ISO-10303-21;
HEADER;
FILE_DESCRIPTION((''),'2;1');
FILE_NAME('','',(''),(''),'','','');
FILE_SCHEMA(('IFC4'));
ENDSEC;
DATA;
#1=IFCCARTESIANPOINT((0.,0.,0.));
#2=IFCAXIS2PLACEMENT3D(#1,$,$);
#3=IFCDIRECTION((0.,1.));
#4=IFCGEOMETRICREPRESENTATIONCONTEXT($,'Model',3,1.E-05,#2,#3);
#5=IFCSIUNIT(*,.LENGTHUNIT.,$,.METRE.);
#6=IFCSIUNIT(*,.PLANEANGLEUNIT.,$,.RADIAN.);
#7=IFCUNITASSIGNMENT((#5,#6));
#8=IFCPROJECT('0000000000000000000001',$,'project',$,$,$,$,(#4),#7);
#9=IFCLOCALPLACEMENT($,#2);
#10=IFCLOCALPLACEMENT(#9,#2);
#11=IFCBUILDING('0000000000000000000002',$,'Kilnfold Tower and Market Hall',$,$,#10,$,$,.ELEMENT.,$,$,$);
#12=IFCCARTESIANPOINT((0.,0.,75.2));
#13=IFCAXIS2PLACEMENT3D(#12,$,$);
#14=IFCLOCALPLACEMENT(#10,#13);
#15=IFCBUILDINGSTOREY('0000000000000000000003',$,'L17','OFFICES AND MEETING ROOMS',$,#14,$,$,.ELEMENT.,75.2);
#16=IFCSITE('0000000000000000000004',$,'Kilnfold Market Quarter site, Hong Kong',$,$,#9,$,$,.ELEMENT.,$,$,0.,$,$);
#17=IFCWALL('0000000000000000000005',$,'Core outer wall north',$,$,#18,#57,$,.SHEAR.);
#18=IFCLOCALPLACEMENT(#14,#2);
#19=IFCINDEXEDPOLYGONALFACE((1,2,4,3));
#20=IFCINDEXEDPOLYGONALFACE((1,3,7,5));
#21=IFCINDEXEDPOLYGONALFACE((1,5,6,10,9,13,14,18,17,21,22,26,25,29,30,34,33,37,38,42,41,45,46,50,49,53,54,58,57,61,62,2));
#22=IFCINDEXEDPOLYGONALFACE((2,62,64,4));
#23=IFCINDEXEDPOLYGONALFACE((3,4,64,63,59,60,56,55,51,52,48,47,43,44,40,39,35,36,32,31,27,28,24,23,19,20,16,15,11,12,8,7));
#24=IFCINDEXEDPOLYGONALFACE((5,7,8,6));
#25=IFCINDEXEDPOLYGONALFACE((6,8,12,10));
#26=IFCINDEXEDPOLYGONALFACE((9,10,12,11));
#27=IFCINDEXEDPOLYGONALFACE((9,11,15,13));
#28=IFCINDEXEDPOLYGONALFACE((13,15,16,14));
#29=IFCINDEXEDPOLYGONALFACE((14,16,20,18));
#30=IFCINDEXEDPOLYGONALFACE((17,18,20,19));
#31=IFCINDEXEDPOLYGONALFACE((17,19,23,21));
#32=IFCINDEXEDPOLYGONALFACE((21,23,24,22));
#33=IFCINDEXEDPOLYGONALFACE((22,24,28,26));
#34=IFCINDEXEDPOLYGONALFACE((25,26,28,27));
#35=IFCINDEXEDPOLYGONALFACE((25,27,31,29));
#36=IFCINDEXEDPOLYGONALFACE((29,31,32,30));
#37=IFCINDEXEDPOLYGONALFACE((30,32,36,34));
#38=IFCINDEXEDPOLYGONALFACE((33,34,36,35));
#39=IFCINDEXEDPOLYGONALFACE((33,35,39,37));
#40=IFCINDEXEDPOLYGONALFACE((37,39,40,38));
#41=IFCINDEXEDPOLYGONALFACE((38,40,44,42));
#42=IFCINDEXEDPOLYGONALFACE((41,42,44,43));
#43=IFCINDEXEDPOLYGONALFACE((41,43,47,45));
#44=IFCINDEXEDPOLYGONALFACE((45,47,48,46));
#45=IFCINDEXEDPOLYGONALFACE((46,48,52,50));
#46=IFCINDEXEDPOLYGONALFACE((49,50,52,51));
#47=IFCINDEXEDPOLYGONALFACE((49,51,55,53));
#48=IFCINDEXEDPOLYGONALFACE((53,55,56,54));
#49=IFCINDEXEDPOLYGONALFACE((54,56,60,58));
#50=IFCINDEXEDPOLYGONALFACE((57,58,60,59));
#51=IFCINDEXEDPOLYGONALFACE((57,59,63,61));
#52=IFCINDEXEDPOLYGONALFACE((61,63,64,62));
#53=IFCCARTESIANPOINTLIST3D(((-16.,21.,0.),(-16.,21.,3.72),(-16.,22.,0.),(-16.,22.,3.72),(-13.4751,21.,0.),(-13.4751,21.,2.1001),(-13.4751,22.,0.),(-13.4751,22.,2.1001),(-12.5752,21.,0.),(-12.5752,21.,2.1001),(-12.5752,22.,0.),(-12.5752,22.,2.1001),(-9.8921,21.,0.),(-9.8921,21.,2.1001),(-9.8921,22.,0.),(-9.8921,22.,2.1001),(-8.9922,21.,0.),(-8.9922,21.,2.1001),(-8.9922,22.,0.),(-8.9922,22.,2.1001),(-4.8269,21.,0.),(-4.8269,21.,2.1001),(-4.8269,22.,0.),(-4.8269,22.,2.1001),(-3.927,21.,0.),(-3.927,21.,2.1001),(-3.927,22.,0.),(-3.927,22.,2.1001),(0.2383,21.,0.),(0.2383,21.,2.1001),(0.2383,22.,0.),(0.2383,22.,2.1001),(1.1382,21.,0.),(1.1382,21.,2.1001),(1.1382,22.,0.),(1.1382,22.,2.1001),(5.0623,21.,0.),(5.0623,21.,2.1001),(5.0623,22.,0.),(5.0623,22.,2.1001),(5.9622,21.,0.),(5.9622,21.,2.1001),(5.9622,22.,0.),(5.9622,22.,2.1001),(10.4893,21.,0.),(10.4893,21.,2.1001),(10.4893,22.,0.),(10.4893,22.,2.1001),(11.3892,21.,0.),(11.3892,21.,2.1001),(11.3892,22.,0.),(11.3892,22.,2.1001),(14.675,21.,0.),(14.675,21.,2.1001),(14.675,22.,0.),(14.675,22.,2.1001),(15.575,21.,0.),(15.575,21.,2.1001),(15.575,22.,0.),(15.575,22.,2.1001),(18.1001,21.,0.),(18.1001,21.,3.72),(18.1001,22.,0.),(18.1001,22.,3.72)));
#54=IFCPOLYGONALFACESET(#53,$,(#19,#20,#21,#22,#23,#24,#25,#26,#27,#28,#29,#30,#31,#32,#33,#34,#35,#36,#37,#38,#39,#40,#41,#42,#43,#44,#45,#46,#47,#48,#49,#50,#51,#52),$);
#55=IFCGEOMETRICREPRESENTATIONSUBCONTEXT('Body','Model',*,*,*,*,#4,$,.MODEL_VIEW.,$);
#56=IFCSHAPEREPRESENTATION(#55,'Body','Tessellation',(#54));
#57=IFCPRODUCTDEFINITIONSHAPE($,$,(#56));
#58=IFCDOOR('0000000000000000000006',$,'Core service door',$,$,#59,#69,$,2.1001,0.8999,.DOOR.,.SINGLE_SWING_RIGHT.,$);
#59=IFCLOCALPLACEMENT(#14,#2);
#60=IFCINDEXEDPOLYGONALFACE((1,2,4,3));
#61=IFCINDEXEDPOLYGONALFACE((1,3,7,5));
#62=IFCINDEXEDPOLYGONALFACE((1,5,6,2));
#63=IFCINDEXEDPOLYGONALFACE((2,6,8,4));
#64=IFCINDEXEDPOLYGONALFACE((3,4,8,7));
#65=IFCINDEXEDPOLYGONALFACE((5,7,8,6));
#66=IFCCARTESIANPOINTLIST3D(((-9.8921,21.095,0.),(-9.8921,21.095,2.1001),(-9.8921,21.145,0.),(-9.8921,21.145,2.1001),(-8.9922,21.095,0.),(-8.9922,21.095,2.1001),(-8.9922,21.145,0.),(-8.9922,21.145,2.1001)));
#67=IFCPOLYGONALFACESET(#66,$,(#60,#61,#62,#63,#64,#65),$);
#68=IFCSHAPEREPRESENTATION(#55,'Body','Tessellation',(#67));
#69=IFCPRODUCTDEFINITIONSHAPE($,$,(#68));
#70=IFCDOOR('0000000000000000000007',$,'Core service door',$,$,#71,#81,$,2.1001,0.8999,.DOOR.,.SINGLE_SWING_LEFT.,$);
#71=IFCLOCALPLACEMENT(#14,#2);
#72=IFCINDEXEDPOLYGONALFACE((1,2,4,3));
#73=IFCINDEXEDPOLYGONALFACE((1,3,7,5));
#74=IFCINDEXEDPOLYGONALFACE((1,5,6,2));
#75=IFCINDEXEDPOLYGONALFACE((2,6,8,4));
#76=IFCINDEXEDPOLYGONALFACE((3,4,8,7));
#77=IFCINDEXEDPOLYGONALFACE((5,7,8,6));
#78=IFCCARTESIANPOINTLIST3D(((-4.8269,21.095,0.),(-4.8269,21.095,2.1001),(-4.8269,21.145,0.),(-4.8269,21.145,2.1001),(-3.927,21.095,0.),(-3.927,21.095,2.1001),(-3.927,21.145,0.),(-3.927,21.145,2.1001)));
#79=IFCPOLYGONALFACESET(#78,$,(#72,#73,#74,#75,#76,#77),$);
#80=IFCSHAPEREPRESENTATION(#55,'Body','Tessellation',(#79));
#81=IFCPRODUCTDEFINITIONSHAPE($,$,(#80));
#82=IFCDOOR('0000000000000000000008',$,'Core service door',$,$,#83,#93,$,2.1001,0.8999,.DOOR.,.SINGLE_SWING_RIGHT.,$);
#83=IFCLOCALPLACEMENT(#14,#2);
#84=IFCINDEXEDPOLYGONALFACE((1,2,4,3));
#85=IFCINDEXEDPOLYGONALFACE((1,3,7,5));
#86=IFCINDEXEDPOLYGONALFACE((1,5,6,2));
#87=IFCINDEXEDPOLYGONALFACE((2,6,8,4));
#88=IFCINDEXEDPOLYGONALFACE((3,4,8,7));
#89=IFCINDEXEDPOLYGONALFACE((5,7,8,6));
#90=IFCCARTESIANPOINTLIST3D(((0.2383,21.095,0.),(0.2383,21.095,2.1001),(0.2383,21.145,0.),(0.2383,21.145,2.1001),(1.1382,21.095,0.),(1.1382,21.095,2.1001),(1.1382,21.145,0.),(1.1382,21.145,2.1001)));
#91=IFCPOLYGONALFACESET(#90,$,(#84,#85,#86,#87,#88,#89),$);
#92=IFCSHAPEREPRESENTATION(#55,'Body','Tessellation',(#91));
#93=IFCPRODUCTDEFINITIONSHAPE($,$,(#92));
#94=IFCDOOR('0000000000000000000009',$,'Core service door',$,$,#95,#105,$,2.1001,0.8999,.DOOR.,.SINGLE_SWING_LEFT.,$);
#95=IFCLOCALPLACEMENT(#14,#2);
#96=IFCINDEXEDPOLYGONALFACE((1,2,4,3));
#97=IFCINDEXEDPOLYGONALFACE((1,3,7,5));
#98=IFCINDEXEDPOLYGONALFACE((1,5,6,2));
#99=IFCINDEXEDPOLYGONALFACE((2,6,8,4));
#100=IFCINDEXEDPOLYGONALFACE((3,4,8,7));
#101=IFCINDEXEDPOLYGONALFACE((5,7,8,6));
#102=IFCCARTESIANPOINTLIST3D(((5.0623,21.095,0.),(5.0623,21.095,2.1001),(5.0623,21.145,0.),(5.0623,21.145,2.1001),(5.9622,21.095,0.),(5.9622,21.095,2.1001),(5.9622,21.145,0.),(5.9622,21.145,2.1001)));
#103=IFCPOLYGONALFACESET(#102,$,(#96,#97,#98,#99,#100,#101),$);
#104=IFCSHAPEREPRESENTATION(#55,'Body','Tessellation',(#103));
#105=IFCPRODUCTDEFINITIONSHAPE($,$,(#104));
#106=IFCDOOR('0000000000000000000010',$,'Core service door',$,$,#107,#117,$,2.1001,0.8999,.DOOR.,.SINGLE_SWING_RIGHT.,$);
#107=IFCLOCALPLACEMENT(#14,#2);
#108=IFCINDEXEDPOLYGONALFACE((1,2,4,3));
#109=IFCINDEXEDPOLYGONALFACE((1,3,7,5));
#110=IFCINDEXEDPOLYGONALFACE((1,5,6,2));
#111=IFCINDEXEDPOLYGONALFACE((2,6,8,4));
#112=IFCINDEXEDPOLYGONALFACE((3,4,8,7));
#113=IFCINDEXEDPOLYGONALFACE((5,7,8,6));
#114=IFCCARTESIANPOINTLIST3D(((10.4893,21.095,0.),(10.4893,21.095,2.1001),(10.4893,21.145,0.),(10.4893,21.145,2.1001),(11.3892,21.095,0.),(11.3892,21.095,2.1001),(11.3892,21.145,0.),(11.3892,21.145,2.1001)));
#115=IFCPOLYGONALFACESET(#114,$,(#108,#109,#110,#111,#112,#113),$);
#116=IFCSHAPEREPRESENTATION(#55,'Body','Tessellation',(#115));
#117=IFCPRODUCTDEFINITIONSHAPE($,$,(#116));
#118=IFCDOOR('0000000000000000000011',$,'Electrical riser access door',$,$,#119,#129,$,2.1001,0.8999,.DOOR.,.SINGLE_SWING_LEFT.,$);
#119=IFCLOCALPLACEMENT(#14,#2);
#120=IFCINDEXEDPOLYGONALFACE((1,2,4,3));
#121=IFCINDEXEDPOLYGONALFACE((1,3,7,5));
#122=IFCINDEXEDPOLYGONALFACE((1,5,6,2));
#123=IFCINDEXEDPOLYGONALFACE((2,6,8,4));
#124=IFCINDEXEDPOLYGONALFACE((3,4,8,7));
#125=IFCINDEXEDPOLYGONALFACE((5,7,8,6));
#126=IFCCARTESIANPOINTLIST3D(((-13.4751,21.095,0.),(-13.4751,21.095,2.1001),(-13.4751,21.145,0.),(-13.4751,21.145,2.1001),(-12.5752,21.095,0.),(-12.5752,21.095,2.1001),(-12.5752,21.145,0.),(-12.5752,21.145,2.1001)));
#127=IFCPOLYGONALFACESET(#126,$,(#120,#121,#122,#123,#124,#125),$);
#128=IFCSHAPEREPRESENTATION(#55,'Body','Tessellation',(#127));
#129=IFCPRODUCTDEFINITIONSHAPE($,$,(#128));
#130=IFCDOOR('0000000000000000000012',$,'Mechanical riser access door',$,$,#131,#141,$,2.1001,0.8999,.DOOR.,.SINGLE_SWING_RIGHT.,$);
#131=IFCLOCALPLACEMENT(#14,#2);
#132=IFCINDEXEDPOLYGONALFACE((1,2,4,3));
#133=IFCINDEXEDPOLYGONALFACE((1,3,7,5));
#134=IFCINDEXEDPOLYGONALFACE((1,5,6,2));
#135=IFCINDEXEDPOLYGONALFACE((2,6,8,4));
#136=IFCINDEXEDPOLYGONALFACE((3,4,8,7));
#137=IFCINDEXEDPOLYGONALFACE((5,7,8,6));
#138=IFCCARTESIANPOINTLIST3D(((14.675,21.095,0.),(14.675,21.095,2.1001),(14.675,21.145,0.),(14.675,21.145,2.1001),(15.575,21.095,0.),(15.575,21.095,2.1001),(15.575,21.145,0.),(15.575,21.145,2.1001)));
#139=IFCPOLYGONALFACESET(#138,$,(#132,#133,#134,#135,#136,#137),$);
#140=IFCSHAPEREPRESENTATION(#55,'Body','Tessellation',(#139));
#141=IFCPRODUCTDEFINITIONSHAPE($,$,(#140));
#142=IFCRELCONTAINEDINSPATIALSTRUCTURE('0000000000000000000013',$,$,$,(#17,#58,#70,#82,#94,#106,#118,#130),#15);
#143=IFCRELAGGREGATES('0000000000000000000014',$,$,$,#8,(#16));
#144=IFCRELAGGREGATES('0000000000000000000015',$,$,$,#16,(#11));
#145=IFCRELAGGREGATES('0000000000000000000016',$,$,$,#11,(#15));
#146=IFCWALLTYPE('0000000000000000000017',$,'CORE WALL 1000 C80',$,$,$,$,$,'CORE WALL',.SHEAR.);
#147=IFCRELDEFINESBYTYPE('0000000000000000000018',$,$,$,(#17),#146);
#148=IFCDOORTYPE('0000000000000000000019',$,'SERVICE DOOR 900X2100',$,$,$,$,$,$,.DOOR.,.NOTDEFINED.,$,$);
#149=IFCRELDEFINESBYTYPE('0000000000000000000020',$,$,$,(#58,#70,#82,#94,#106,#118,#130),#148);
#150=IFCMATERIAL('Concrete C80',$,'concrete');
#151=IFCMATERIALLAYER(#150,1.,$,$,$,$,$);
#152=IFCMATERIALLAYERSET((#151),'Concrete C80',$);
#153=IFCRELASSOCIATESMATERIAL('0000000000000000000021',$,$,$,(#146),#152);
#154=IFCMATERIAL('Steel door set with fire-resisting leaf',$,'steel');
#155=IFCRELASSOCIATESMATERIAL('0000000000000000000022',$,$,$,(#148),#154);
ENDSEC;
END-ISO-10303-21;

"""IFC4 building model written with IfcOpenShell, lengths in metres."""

from ifc_helpers import new_model, si_unit, direction, frame, frame_2d, origin, place, context, subcontext, project, spatial, rectangle, extrude, source, transform, mapped, material, layer, layer_set, type_object, element, fill, save


model = new_model("IFC4")

# Units and contexts
model_context = context("Model", 3, precision=1e-05, world=origin(), true_north=direction((0.0, 1.0)))
body_context = subcontext(model_context, "Body", "Model", "MODEL_VIEW")
ifc_project = project(units=[si_unit("LENGTHUNIT", "METRE"), si_unit("PLANEANGLEUNIT", "RADIAN")], contexts=[model_context])

# Site, building, storey
site_placement = place(None, origin())
site = spatial("IfcSite", under=ifc_project, at=site_placement, Name="Kilnfold Market Quarter site, Hong Kong", CompositionType="ELEMENT", RefElevation=0.0)
building_placement = place(site_placement, origin())
building = spatial("IfcBuilding", under=site, at=building_placement, Name="Kilnfold Tower and Market Hall", CompositionType="ELEMENT")
storey_placement = place(building_placement, frame((0.0, 0.0, 75.2)))
storey = spatial("IfcBuildingStorey", under=building, at=storey_placement, Name="L17", Description="OFFICES AND MEETING ROOMS", CompositionType="ELEMENT", Elevation=75.2)

# Wall, openings, doors
ifc_material_1 = material(Name="Concrete C80", Category="concrete")
ifc_layer_1 = layer(ifc_material_1, 1.0)
ifc_layer_set_1 = layer_set([ifc_layer_1], Name="Concrete C80")
wall_type_1 = type_object("IfcWallType", Name="CORE WALL 1000 C80", ElementType="CORE WALL", PredefinedType="SHEAR", material=ifc_layer_set_1)
shared_shape_1 = source(origin(), body_context, "Body", "SweptSolid", [
    extrude(rectangle(XDim=34.1001, YDim=1.0, at=frame_2d((17.05, 0.0))), origin(), (0.0, 0.0, 1.0), 3.72),
])
wall_1_placement = place(storey_placement, frame((-16.0, 21.5, 0.0), z_axis=(0.0, 0.0, 1.0), x_axis=(1.0, 0.0, 0.0)))
wall_1 = element("IfcWall", 1, at=wall_1_placement, inside=storey, type_object=wall_type_1, Name="Core outer wall north", PredefinedType="SHEAR", context=body_context, shape_type="MappedRepresentation", body=[
    mapped(shared_shape_1, transform((0.0, 0.0, 0.0))),
])
opening_1_placement = place(wall_1_placement, frame((6.1079, 0.0, 0.0)))
opening_1 = element("IfcOpeningElement", 2, at=opening_1_placement, cuts=wall_1, PredefinedType="OPENING", context=body_context, shape_type="SweptSolid", body=[
    extrude(rectangle(XDim=0.8999, YDim=2.1001, at=frame_2d((0.45, 1.05))), frame((0.0, 0.51, 0.0), z_axis=(0.0, -1.0, 0.0), x_axis=(1.0, 0.0, 0.0)), (0.0, 0.0, 1.0), 1.02),
])
opening_2_placement = place(wall_1_placement, frame((11.1731, 0.0, 0.0)))
opening_2 = element("IfcOpeningElement", 3, at=opening_2_placement, cuts=wall_1, PredefinedType="OPENING", context=body_context, shape_type="SweptSolid", body=[
    extrude(rectangle(XDim=0.8999, YDim=2.1001, at=frame_2d((0.45, 1.05))), frame((0.0, 0.51, 0.0), z_axis=(0.0, -1.0, 0.0), x_axis=(1.0, 0.0, 0.0)), (0.0, 0.0, 1.0), 1.02),
])
opening_3_placement = place(wall_1_placement, frame((16.2383, 0.0, 0.0)))
opening_3 = element("IfcOpeningElement", 4, at=opening_3_placement, cuts=wall_1, PredefinedType="OPENING", context=body_context, shape_type="SweptSolid", body=[
    extrude(rectangle(XDim=0.8999, YDim=2.1001, at=frame_2d((0.45, 1.05))), frame((0.0, 0.51, 0.0), z_axis=(0.0, -1.0, 0.0), x_axis=(1.0, 0.0, 0.0)), (0.0, 0.0, 1.0), 1.02),
])
opening_4_placement = place(wall_1_placement, frame((21.0623, 0.0, 0.0)))
opening_4 = element("IfcOpeningElement", 5, at=opening_4_placement, cuts=wall_1, PredefinedType="OPENING", context=body_context, shape_type="SweptSolid", body=[
    extrude(rectangle(XDim=0.8999, YDim=2.1001, at=frame_2d((0.45, 1.05))), frame((0.0, 0.51, 0.0), z_axis=(0.0, -1.0, 0.0), x_axis=(1.0, 0.0, 0.0)), (0.0, 0.0, 1.0), 1.02),
])
opening_5_placement = place(wall_1_placement, frame((26.4893, 0.0, 0.0)))
opening_5 = element("IfcOpeningElement", 6, at=opening_5_placement, cuts=wall_1, PredefinedType="OPENING", context=body_context, shape_type="SweptSolid", body=[
    extrude(rectangle(XDim=0.8999, YDim=2.1001, at=frame_2d((0.45, 1.05))), frame((0.0, 0.51, 0.0), z_axis=(0.0, -1.0, 0.0), x_axis=(1.0, 0.0, 0.0)), (0.0, 0.0, 1.0), 1.02),
])
opening_6_placement = place(wall_1_placement, frame((2.5249, 0.0, 0.0)))
opening_6 = element("IfcOpeningElement", 7, at=opening_6_placement, cuts=wall_1, PredefinedType="OPENING", context=body_context, shape_type="SweptSolid", body=[
    extrude(rectangle(XDim=0.8999, YDim=2.1001, at=frame_2d((0.45, 1.05))), frame((0.0, 0.51, 0.0), z_axis=(0.0, -1.0, 0.0), x_axis=(1.0, 0.0, 0.0)), (0.0, 0.0, 1.0), 1.02),
])
opening_7_placement = place(wall_1_placement, frame((30.675, 0.0, 0.0)))
opening_7 = element("IfcOpeningElement", 8, at=opening_7_placement, cuts=wall_1, PredefinedType="OPENING", context=body_context, shape_type="SweptSolid", body=[
    extrude(rectangle(XDim=0.8999, YDim=2.1001, at=frame_2d((0.45, 1.05))), frame((0.0, 0.51, 0.0), z_axis=(0.0, -1.0, 0.0), x_axis=(1.0, 0.0, 0.0)), (0.0, 0.0, 1.0), 1.02),
])
ifc_material_2 = material(Name="Steel door set with fire-resisting leaf", Category="steel")
door_type = type_object("IfcDoorType", Name="SERVICE DOOR 900X2100", OperationType="NOTDEFINED", PredefinedType="DOOR", material=ifc_material_2)
door_1_placement = place(opening_1_placement, origin())
door_1 = element("IfcDoor", 9, at=door_1_placement, inside=storey, type_object=door_type, Name="Core service door", OperationType="SINGLE_SWING_RIGHT", OverallHeight=2.1001, OverallWidth=0.8999, PredefinedType="DOOR", context=body_context, shape_type="SweptSolid", body=[
    extrude(rectangle(XDim=0.8999, YDim=2.1001, at=frame_2d((0.45, 1.05))), frame((0.0, -0.355, 0.0), z_axis=(0.0, -1.0, 0.0), x_axis=(1.0, 0.0, 0.0)), (0.0, 0.0, 1.0), 0.05),
])
fill(opening_1, door_1)
door_2_placement = place(opening_2_placement, origin())
door_2 = element("IfcDoor", 10, at=door_2_placement, inside=storey, type_object=door_type, Name="Core service door", OperationType="SINGLE_SWING_LEFT", OverallHeight=2.1001, OverallWidth=0.8999, PredefinedType="DOOR", context=body_context, shape_type="SweptSolid", body=[
    extrude(rectangle(XDim=0.8999, YDim=2.1001, at=frame_2d((0.45, 1.05))), frame((0.0, -0.355, 0.0), z_axis=(0.0, -1.0, 0.0), x_axis=(1.0, 0.0, 0.0)), (0.0, 0.0, 1.0), 0.05),
])
fill(opening_2, door_2)
door_3_placement = place(opening_3_placement, origin())
door_3 = element("IfcDoor", 11, at=door_3_placement, inside=storey, type_object=door_type, Name="Core service door", OperationType="SINGLE_SWING_RIGHT", OverallHeight=2.1001, OverallWidth=0.8999, PredefinedType="DOOR", context=body_context, shape_type="SweptSolid", body=[
    extrude(rectangle(XDim=0.8999, YDim=2.1001, at=frame_2d((0.45, 1.05))), frame((0.0, -0.355, 0.0), z_axis=(0.0, -1.0, 0.0), x_axis=(1.0, 0.0, 0.0)), (0.0, 0.0, 1.0), 0.05),
])
fill(opening_3, door_3)
door_4_placement = place(opening_4_placement, origin())
door_4 = element("IfcDoor", 12, at=door_4_placement, inside=storey, type_object=door_type, Name="Core service door", OperationType="SINGLE_SWING_LEFT", OverallHeight=2.1001, OverallWidth=0.8999, PredefinedType="DOOR", context=body_context, shape_type="SweptSolid", body=[
    extrude(rectangle(XDim=0.8999, YDim=2.1001, at=frame_2d((0.45, 1.05))), frame((0.0, -0.355, 0.0), z_axis=(0.0, -1.0, 0.0), x_axis=(1.0, 0.0, 0.0)), (0.0, 0.0, 1.0), 0.05),
])
fill(opening_4, door_4)
door_5_placement = place(opening_5_placement, origin())
door_5 = element("IfcDoor", 13, at=door_5_placement, inside=storey, type_object=door_type, Name="Core service door", OperationType="SINGLE_SWING_RIGHT", OverallHeight=2.1001, OverallWidth=0.8999, PredefinedType="DOOR", context=body_context, shape_type="SweptSolid", body=[
    extrude(rectangle(XDim=0.8999, YDim=2.1001, at=frame_2d((0.45, 1.05))), frame((0.0, -0.355, 0.0), z_axis=(0.0, -1.0, 0.0), x_axis=(1.0, 0.0, 0.0)), (0.0, 0.0, 1.0), 0.05),
])
fill(opening_5, door_5)
door_6_placement = place(opening_6_placement, origin())
door_6 = element("IfcDoor", 14, at=door_6_placement, inside=storey, type_object=door_type, Name="Electrical riser access door", OperationType="SINGLE_SWING_LEFT", OverallHeight=2.1001, OverallWidth=0.8999, PredefinedType="DOOR", context=body_context, shape_type="SweptSolid", body=[
    extrude(rectangle(XDim=0.8999, YDim=2.1001, at=frame_2d((0.45, 1.05))), frame((0.0, -0.355, 0.0), z_axis=(0.0, -1.0, 0.0), x_axis=(1.0, 0.0, 0.0)), (0.0, 0.0, 1.0), 0.05),
])
fill(opening_6, door_6)
door_7_placement = place(opening_7_placement, origin())
door_7 = element("IfcDoor", 15, at=door_7_placement, inside=storey, type_object=door_type, Name="Mechanical riser access door", OperationType="SINGLE_SWING_RIGHT", OverallHeight=2.1001, OverallWidth=0.8999, PredefinedType="DOOR", context=body_context, shape_type="SweptSolid", body=[
    extrude(rectangle(XDim=0.8999, YDim=2.1001, at=frame_2d((0.45, 1.05))), frame((0.0, -0.355, 0.0), z_axis=(0.0, -1.0, 0.0), x_axis=(1.0, 0.0, 0.0)), (0.0, 0.0, 1.0), 0.05),
])
fill(opening_7, door_7)

save(model, "model.ifc")
